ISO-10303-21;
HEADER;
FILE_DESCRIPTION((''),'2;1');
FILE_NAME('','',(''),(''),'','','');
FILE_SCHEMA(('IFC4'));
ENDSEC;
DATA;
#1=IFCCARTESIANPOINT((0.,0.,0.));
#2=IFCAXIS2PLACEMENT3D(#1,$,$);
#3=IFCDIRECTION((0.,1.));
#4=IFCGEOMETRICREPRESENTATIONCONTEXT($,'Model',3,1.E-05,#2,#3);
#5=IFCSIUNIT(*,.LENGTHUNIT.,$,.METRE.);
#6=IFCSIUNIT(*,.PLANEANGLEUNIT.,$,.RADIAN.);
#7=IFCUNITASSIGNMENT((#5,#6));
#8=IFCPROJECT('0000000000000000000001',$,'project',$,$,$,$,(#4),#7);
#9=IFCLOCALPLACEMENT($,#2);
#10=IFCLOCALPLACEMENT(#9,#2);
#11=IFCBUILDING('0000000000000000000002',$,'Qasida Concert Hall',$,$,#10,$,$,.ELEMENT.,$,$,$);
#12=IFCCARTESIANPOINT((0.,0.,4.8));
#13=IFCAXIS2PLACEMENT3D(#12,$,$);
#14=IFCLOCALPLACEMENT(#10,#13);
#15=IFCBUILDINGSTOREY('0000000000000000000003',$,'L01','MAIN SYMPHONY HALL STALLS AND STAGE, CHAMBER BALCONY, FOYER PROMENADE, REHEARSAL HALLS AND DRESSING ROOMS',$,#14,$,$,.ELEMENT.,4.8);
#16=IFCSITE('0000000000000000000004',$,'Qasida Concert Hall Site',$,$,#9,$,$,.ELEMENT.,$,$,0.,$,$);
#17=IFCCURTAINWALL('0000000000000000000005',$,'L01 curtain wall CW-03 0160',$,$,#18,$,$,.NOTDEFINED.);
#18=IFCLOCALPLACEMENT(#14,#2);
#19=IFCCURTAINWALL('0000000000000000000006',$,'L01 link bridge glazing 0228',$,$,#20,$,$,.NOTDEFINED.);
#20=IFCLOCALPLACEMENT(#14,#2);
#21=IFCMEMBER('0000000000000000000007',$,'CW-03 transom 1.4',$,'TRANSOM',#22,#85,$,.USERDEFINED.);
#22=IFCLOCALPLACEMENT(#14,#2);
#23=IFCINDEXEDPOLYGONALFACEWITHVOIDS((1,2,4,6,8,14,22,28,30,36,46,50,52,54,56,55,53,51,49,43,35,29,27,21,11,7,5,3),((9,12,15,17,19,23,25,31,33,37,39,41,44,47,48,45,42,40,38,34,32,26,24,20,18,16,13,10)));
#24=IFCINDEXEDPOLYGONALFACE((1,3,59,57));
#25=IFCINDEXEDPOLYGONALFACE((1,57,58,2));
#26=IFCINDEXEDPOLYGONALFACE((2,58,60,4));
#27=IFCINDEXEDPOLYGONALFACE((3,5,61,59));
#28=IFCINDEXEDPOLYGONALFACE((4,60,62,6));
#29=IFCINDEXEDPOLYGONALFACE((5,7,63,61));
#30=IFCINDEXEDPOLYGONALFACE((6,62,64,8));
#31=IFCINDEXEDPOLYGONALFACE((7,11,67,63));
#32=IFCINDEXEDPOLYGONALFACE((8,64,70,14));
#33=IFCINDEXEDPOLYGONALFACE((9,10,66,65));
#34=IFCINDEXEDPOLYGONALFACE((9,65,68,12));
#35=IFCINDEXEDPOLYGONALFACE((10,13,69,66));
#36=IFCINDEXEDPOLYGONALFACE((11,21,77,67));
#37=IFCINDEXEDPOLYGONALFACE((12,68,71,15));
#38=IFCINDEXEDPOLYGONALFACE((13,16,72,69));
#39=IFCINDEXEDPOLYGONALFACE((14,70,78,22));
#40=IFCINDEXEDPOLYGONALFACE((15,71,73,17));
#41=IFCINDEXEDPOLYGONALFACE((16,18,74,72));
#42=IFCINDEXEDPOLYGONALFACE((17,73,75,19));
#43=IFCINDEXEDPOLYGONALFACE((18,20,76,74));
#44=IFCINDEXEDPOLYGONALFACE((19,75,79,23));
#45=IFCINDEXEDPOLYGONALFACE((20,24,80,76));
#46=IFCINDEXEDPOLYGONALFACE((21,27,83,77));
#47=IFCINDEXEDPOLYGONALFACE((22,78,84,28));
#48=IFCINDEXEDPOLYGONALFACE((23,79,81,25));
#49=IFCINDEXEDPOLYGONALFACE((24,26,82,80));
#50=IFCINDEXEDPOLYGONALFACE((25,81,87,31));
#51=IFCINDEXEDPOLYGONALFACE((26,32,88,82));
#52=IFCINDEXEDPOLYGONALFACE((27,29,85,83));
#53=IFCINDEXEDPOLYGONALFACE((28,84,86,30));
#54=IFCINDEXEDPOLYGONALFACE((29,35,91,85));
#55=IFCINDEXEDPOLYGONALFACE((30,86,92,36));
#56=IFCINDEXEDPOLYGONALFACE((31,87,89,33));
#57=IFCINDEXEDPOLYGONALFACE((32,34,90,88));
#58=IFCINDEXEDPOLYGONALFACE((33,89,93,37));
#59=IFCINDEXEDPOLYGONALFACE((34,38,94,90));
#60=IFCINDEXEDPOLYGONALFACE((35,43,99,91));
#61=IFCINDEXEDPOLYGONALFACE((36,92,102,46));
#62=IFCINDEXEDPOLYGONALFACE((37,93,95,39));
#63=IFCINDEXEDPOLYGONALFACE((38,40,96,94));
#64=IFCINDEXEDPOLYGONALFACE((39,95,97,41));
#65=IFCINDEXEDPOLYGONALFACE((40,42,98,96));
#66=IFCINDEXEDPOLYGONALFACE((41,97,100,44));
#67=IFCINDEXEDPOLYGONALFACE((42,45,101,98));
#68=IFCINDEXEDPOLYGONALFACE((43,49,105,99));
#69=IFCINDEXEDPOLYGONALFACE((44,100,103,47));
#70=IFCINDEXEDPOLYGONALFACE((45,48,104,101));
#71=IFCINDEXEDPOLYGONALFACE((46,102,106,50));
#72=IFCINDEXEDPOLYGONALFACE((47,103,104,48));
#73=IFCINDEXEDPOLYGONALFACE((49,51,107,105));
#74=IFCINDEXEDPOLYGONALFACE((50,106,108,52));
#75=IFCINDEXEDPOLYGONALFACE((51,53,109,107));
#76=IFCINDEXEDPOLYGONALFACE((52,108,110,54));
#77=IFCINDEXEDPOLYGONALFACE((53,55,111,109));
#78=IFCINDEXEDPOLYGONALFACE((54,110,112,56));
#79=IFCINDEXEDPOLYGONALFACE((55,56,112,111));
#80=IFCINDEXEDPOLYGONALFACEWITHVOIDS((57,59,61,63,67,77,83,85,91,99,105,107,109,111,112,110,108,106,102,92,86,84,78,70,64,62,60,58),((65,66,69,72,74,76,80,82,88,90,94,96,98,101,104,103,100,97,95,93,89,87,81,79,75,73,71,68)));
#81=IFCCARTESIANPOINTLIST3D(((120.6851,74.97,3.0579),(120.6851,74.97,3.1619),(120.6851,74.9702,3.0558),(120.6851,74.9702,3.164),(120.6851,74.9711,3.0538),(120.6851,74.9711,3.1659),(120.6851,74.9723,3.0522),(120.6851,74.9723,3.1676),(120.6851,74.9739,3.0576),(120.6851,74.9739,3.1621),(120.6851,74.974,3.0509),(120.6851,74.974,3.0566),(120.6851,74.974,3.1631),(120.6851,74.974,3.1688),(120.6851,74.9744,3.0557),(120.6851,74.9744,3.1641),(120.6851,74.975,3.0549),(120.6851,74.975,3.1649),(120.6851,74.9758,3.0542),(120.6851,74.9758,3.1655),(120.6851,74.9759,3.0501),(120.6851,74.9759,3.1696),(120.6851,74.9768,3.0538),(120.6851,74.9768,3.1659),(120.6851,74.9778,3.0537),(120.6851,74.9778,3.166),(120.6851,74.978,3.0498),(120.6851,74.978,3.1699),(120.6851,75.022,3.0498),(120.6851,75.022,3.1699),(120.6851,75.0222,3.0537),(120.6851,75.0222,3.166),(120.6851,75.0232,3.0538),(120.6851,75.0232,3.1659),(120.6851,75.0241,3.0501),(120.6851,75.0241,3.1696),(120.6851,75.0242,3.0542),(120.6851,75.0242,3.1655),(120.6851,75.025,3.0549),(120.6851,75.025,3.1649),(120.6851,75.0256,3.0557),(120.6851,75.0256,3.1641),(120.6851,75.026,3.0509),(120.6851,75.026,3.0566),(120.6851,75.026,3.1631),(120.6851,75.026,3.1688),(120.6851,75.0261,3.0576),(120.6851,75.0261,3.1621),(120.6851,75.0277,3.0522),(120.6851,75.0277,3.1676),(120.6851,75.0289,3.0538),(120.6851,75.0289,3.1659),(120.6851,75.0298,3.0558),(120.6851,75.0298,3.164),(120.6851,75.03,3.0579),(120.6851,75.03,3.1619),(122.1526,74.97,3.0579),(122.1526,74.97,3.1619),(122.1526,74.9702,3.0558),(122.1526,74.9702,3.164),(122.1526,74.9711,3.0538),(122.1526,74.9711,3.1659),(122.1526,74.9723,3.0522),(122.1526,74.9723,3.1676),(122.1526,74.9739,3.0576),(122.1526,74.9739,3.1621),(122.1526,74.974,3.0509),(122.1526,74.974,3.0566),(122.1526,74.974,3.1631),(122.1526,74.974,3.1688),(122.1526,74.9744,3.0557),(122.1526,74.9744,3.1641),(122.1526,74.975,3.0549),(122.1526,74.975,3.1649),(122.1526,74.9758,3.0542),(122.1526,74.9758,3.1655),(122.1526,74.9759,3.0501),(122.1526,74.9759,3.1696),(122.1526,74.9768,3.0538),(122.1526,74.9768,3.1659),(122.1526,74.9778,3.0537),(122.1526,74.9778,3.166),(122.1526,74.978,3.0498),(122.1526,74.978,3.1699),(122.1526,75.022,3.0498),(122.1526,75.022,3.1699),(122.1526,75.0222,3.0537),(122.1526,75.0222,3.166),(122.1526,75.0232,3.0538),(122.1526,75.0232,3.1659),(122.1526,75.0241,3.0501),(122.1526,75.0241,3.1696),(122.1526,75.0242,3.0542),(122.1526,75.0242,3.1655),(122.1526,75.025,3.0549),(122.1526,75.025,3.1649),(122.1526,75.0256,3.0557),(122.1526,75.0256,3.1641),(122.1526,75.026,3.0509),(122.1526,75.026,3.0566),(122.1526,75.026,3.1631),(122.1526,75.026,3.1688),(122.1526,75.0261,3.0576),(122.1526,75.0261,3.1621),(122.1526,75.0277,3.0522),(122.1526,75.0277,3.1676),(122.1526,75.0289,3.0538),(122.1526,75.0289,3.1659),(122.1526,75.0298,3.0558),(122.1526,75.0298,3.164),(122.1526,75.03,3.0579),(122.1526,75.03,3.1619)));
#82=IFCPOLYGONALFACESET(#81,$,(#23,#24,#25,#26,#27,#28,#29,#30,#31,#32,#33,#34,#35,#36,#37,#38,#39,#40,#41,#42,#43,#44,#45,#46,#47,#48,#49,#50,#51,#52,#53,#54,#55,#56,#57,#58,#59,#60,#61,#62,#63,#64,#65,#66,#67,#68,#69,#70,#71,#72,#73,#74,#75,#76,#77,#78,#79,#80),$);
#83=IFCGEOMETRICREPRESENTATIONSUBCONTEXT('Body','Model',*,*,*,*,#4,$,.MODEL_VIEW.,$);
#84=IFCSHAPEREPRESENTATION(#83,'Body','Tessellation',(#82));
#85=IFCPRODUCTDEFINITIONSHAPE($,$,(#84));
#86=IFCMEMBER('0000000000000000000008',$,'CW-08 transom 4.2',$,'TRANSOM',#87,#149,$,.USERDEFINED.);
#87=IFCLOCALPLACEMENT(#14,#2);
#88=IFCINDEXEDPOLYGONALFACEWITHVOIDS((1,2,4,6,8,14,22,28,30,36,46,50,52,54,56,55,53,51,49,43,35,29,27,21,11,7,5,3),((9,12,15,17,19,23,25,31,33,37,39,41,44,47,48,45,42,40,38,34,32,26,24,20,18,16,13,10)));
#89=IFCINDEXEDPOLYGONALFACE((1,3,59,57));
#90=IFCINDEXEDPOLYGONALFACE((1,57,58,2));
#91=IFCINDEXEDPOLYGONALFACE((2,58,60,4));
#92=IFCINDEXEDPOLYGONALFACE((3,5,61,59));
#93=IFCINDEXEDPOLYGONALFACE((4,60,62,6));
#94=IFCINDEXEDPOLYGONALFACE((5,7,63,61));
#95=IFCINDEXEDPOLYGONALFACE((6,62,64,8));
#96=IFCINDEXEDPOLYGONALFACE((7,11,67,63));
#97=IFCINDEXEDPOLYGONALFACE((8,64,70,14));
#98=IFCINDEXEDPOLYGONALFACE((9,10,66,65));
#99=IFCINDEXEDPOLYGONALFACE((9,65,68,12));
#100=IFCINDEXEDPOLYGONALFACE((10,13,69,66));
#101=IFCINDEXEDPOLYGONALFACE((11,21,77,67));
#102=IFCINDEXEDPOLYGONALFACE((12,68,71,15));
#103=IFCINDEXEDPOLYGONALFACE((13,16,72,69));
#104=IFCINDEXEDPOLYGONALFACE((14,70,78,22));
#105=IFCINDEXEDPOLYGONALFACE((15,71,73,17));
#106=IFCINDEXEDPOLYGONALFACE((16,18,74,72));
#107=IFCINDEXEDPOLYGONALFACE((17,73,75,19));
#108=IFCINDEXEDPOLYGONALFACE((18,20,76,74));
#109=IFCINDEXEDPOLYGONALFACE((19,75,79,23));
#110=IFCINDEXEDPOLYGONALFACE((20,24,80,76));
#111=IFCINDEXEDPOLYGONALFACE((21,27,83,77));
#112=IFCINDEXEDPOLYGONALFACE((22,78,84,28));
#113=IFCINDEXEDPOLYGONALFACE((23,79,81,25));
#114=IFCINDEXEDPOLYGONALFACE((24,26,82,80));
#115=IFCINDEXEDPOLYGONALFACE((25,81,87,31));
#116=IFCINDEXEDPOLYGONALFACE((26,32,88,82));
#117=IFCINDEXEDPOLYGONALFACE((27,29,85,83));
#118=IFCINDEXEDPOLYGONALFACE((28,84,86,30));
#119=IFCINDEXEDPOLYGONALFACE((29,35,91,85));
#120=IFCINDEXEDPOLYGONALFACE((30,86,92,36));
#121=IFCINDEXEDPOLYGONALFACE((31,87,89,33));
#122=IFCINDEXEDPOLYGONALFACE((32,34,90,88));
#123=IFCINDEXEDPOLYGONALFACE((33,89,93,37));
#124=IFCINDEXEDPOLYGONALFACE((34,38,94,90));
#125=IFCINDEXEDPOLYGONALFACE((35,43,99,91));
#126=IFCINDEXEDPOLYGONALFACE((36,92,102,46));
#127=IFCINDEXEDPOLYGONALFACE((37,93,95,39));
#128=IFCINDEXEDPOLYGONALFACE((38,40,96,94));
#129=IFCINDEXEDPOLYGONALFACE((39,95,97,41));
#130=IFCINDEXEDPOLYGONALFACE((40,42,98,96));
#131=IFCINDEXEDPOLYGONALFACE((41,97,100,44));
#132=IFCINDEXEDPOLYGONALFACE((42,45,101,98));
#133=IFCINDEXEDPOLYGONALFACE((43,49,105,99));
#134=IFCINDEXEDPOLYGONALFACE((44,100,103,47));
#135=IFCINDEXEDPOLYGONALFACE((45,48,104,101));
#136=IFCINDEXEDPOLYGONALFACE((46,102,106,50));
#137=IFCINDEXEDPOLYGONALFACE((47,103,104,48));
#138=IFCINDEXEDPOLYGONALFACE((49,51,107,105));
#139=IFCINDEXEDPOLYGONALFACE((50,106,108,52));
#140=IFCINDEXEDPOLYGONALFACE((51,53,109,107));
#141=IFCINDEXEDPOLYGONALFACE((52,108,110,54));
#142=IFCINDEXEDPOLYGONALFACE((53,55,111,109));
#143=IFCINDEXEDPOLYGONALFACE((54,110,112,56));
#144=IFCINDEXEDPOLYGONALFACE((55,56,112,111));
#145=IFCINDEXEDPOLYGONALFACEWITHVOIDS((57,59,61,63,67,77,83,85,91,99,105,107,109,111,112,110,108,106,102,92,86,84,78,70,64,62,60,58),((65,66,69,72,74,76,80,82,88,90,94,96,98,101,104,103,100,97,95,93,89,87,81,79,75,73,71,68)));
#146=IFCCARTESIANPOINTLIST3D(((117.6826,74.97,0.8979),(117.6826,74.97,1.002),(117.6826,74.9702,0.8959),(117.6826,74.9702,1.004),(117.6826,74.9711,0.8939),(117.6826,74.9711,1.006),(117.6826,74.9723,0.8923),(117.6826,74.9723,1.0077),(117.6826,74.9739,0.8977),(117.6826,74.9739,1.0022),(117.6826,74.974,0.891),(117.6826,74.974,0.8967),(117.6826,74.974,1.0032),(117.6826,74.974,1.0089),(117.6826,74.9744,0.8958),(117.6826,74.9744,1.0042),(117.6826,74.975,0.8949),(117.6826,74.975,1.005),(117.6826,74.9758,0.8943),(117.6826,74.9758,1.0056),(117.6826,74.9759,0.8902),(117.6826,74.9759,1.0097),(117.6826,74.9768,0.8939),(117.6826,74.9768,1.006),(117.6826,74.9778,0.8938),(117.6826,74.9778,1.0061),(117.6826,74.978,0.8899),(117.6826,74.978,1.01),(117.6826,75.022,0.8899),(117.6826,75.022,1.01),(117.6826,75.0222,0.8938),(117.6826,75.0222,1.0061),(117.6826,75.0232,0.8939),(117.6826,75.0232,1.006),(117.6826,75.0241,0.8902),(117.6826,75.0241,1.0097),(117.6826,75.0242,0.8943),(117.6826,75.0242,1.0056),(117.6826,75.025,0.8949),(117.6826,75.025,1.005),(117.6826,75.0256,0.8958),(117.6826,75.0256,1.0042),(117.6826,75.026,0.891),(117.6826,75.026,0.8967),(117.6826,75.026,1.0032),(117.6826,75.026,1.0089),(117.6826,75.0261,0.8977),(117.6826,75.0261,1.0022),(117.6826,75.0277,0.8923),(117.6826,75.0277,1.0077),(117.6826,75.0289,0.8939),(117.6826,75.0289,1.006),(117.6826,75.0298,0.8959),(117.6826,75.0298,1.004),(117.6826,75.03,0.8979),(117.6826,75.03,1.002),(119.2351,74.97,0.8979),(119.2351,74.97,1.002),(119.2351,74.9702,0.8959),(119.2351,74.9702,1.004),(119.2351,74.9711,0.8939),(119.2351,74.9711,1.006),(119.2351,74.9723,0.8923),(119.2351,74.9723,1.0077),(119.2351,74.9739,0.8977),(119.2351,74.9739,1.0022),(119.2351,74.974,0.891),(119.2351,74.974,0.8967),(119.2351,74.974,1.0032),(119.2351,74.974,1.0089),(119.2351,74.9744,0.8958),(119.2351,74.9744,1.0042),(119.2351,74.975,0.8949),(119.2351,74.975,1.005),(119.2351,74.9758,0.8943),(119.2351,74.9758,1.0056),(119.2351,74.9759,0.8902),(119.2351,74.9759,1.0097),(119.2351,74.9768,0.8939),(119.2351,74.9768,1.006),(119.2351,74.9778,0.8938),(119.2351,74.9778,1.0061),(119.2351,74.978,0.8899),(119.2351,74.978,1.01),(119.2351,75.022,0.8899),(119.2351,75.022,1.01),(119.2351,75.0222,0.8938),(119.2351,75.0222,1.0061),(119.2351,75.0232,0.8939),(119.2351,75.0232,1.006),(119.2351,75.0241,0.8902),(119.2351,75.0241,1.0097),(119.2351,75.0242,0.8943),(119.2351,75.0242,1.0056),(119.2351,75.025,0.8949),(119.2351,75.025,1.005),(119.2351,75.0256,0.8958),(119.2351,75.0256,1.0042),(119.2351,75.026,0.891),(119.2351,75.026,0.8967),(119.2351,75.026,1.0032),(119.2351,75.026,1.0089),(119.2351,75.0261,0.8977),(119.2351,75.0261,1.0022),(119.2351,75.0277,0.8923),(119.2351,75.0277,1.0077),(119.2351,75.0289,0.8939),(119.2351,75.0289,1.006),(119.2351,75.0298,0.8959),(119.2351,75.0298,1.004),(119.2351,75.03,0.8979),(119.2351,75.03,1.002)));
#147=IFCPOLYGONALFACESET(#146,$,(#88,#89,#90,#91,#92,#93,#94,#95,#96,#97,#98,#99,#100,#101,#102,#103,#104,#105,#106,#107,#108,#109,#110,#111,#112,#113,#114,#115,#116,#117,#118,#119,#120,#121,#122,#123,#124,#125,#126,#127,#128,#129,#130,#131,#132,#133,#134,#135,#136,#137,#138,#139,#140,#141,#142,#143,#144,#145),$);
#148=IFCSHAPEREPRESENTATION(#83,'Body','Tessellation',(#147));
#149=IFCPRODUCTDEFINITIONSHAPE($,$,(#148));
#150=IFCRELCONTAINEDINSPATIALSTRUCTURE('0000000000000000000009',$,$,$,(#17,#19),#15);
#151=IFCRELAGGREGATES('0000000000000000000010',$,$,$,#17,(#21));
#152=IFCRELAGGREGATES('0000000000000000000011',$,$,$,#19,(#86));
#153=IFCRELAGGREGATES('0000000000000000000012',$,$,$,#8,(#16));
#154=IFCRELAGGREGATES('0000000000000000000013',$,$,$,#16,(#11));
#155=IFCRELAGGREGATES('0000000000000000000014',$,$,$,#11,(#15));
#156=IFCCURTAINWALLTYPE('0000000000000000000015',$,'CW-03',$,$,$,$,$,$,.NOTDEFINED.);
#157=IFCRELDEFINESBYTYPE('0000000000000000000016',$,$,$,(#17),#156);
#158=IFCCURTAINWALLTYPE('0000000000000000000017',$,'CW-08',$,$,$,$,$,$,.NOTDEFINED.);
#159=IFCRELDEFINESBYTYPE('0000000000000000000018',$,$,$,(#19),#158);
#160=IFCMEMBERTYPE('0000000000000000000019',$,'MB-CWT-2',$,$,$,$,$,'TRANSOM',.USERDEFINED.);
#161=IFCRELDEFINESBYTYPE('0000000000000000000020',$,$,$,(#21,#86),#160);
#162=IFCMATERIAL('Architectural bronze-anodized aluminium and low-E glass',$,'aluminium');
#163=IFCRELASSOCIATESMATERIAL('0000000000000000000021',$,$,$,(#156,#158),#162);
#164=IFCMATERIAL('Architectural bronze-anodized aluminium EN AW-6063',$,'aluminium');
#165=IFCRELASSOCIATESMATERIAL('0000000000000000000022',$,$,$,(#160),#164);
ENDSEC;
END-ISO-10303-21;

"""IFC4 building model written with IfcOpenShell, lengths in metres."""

from ifc_helpers import new_model, si_unit, direction, frame, origin, origin_2d, place, context, subcontext, project, spatial, hollow_rectangle, extrude, material, material_profile, profile_set, type_object, element, aggregate, save


model = new_model("IFC4")

# Units and contexts
model_context = context("Model", 3, precision=1e-05, world=origin(), true_north=direction((0.0, 1.0)))
body_context = subcontext(model_context, "Body", "Model", "MODEL_VIEW")
ifc_project = project(units=[si_unit("LENGTHUNIT", "METRE"), si_unit("PLANEANGLEUNIT", "RADIAN")], contexts=[model_context])

# Site, building, storey
site_placement = place(None, origin())
site = spatial("IfcSite", under=ifc_project, at=site_placement, Name="Qasida Concert Hall Site", CompositionType="ELEMENT", RefElevation=0.0)
building_placement = place(site_placement, origin())
building = spatial("IfcBuilding", under=site, at=building_placement, Name="Qasida Concert Hall", CompositionType="ELEMENT")
storey_placement = place(building_placement, frame((0.0, 0.0, 4.8)))
storey = spatial("IfcBuildingStorey", under=building, at=storey_placement, Name="L01", Description="MAIN SYMPHONY HALL STALLS AND STAGE, CHAMBER BALCONY, FOYER PROMENADE, REHEARSAL HALLS AND DRESSING ROOMS", CompositionType="ELEMENT", Elevation=4.8)

# Curtain walls
ifc_material_1 = material(Name="Architectural bronze-anodized aluminium and low-E glass", Category="aluminium")
curtain_wall_type_1 = type_object("IfcCurtainWallType", Name="CW-03", PredefinedType="NOTDEFINED", material=ifc_material_1)
curtain_wall_1_placement = place(storey_placement, origin())
curtain_wall_1 = element("IfcCurtainWall", 1, at=curtain_wall_1_placement, inside=storey, type_object=curtain_wall_type_1, Name="L01 curtain wall CW-03 0160", PredefinedType="NOTDEFINED")
ifc_material_2 = material(Name="Architectural bronze-anodized aluminium EN AW-6063", Category="aluminium")
curtain_wall_type_2 = type_object("IfcCurtainWallType", Name="CW-08", PredefinedType="NOTDEFINED", material=ifc_material_1)
curtain_wall_2_placement = place(storey_placement, origin())
curtain_wall_2 = element("IfcCurtainWall", 2, at=curtain_wall_2_placement, inside=storey, type_object=curtain_wall_type_2, Name="L01 link bridge glazing 0228", PredefinedType="NOTDEFINED")

# Members
ifc_material_profile_1 = material_profile(ifc_material_2, hollow_rectangle(XDim=0.0601, YDim=0.1201, WallThickness=0.0039, InnerFilletRadius=0.0039, OuterFilletRadius=0.0081, at=origin_2d()), Name="CWT 120x60x4")
ifc_profile_set_1 = profile_set([ifc_material_profile_1], Name="Architectural bronze-anodized aluminium EN AW-6063")
member_type_1 = type_object("IfcMemberType", Name="MB-CWT-2", ElementType="TRANSOM", PredefinedType="USERDEFINED", material=ifc_profile_set_1)
member_1_placement = place(storey_placement, frame((120.6851, 75.0, 3.1099), z_axis=(1.0, 0.0, 0.0), x_axis=(0.0, 1.0, 0.0)))
member_1 = element("IfcMember", 3, at=member_1_placement, type_object=member_type_1, Name="CW-03 transom 1.4", ObjectType="TRANSOM", PredefinedType="USERDEFINED", context=body_context, shape_type="SweptSolid", body=[
    extrude(hollow_rectangle(XDim=0.0601, YDim=0.1201, WallThickness=0.0039, InnerFilletRadius=0.0039, OuterFilletRadius=0.0081, at=origin_2d()), origin(), (0.0, 0.0, 1.0), 1.4675),
])
aggregate(curtain_wall_1, [member_1])
member_2_placement = place(storey_placement, frame((117.6826, 75.0, 0.95), z_axis=(1.0, 0.0, 0.0), x_axis=(0.0, 1.0, 0.0)))
member_2 = element("IfcMember", 4, at=member_2_placement, type_object=member_type_1, Name="CW-08 transom 4.2", ObjectType="TRANSOM", PredefinedType="USERDEFINED", context=body_context, shape_type="SweptSolid", body=[
    extrude(hollow_rectangle(XDim=0.0601, YDim=0.1201, WallThickness=0.0039, InnerFilletRadius=0.0039, OuterFilletRadius=0.0081, at=origin_2d()), origin(), (0.0, 0.0, 1.0), 1.5525),
])

aggregate(curtain_wall_2, [member_2])

save(model, "model.ifc")
